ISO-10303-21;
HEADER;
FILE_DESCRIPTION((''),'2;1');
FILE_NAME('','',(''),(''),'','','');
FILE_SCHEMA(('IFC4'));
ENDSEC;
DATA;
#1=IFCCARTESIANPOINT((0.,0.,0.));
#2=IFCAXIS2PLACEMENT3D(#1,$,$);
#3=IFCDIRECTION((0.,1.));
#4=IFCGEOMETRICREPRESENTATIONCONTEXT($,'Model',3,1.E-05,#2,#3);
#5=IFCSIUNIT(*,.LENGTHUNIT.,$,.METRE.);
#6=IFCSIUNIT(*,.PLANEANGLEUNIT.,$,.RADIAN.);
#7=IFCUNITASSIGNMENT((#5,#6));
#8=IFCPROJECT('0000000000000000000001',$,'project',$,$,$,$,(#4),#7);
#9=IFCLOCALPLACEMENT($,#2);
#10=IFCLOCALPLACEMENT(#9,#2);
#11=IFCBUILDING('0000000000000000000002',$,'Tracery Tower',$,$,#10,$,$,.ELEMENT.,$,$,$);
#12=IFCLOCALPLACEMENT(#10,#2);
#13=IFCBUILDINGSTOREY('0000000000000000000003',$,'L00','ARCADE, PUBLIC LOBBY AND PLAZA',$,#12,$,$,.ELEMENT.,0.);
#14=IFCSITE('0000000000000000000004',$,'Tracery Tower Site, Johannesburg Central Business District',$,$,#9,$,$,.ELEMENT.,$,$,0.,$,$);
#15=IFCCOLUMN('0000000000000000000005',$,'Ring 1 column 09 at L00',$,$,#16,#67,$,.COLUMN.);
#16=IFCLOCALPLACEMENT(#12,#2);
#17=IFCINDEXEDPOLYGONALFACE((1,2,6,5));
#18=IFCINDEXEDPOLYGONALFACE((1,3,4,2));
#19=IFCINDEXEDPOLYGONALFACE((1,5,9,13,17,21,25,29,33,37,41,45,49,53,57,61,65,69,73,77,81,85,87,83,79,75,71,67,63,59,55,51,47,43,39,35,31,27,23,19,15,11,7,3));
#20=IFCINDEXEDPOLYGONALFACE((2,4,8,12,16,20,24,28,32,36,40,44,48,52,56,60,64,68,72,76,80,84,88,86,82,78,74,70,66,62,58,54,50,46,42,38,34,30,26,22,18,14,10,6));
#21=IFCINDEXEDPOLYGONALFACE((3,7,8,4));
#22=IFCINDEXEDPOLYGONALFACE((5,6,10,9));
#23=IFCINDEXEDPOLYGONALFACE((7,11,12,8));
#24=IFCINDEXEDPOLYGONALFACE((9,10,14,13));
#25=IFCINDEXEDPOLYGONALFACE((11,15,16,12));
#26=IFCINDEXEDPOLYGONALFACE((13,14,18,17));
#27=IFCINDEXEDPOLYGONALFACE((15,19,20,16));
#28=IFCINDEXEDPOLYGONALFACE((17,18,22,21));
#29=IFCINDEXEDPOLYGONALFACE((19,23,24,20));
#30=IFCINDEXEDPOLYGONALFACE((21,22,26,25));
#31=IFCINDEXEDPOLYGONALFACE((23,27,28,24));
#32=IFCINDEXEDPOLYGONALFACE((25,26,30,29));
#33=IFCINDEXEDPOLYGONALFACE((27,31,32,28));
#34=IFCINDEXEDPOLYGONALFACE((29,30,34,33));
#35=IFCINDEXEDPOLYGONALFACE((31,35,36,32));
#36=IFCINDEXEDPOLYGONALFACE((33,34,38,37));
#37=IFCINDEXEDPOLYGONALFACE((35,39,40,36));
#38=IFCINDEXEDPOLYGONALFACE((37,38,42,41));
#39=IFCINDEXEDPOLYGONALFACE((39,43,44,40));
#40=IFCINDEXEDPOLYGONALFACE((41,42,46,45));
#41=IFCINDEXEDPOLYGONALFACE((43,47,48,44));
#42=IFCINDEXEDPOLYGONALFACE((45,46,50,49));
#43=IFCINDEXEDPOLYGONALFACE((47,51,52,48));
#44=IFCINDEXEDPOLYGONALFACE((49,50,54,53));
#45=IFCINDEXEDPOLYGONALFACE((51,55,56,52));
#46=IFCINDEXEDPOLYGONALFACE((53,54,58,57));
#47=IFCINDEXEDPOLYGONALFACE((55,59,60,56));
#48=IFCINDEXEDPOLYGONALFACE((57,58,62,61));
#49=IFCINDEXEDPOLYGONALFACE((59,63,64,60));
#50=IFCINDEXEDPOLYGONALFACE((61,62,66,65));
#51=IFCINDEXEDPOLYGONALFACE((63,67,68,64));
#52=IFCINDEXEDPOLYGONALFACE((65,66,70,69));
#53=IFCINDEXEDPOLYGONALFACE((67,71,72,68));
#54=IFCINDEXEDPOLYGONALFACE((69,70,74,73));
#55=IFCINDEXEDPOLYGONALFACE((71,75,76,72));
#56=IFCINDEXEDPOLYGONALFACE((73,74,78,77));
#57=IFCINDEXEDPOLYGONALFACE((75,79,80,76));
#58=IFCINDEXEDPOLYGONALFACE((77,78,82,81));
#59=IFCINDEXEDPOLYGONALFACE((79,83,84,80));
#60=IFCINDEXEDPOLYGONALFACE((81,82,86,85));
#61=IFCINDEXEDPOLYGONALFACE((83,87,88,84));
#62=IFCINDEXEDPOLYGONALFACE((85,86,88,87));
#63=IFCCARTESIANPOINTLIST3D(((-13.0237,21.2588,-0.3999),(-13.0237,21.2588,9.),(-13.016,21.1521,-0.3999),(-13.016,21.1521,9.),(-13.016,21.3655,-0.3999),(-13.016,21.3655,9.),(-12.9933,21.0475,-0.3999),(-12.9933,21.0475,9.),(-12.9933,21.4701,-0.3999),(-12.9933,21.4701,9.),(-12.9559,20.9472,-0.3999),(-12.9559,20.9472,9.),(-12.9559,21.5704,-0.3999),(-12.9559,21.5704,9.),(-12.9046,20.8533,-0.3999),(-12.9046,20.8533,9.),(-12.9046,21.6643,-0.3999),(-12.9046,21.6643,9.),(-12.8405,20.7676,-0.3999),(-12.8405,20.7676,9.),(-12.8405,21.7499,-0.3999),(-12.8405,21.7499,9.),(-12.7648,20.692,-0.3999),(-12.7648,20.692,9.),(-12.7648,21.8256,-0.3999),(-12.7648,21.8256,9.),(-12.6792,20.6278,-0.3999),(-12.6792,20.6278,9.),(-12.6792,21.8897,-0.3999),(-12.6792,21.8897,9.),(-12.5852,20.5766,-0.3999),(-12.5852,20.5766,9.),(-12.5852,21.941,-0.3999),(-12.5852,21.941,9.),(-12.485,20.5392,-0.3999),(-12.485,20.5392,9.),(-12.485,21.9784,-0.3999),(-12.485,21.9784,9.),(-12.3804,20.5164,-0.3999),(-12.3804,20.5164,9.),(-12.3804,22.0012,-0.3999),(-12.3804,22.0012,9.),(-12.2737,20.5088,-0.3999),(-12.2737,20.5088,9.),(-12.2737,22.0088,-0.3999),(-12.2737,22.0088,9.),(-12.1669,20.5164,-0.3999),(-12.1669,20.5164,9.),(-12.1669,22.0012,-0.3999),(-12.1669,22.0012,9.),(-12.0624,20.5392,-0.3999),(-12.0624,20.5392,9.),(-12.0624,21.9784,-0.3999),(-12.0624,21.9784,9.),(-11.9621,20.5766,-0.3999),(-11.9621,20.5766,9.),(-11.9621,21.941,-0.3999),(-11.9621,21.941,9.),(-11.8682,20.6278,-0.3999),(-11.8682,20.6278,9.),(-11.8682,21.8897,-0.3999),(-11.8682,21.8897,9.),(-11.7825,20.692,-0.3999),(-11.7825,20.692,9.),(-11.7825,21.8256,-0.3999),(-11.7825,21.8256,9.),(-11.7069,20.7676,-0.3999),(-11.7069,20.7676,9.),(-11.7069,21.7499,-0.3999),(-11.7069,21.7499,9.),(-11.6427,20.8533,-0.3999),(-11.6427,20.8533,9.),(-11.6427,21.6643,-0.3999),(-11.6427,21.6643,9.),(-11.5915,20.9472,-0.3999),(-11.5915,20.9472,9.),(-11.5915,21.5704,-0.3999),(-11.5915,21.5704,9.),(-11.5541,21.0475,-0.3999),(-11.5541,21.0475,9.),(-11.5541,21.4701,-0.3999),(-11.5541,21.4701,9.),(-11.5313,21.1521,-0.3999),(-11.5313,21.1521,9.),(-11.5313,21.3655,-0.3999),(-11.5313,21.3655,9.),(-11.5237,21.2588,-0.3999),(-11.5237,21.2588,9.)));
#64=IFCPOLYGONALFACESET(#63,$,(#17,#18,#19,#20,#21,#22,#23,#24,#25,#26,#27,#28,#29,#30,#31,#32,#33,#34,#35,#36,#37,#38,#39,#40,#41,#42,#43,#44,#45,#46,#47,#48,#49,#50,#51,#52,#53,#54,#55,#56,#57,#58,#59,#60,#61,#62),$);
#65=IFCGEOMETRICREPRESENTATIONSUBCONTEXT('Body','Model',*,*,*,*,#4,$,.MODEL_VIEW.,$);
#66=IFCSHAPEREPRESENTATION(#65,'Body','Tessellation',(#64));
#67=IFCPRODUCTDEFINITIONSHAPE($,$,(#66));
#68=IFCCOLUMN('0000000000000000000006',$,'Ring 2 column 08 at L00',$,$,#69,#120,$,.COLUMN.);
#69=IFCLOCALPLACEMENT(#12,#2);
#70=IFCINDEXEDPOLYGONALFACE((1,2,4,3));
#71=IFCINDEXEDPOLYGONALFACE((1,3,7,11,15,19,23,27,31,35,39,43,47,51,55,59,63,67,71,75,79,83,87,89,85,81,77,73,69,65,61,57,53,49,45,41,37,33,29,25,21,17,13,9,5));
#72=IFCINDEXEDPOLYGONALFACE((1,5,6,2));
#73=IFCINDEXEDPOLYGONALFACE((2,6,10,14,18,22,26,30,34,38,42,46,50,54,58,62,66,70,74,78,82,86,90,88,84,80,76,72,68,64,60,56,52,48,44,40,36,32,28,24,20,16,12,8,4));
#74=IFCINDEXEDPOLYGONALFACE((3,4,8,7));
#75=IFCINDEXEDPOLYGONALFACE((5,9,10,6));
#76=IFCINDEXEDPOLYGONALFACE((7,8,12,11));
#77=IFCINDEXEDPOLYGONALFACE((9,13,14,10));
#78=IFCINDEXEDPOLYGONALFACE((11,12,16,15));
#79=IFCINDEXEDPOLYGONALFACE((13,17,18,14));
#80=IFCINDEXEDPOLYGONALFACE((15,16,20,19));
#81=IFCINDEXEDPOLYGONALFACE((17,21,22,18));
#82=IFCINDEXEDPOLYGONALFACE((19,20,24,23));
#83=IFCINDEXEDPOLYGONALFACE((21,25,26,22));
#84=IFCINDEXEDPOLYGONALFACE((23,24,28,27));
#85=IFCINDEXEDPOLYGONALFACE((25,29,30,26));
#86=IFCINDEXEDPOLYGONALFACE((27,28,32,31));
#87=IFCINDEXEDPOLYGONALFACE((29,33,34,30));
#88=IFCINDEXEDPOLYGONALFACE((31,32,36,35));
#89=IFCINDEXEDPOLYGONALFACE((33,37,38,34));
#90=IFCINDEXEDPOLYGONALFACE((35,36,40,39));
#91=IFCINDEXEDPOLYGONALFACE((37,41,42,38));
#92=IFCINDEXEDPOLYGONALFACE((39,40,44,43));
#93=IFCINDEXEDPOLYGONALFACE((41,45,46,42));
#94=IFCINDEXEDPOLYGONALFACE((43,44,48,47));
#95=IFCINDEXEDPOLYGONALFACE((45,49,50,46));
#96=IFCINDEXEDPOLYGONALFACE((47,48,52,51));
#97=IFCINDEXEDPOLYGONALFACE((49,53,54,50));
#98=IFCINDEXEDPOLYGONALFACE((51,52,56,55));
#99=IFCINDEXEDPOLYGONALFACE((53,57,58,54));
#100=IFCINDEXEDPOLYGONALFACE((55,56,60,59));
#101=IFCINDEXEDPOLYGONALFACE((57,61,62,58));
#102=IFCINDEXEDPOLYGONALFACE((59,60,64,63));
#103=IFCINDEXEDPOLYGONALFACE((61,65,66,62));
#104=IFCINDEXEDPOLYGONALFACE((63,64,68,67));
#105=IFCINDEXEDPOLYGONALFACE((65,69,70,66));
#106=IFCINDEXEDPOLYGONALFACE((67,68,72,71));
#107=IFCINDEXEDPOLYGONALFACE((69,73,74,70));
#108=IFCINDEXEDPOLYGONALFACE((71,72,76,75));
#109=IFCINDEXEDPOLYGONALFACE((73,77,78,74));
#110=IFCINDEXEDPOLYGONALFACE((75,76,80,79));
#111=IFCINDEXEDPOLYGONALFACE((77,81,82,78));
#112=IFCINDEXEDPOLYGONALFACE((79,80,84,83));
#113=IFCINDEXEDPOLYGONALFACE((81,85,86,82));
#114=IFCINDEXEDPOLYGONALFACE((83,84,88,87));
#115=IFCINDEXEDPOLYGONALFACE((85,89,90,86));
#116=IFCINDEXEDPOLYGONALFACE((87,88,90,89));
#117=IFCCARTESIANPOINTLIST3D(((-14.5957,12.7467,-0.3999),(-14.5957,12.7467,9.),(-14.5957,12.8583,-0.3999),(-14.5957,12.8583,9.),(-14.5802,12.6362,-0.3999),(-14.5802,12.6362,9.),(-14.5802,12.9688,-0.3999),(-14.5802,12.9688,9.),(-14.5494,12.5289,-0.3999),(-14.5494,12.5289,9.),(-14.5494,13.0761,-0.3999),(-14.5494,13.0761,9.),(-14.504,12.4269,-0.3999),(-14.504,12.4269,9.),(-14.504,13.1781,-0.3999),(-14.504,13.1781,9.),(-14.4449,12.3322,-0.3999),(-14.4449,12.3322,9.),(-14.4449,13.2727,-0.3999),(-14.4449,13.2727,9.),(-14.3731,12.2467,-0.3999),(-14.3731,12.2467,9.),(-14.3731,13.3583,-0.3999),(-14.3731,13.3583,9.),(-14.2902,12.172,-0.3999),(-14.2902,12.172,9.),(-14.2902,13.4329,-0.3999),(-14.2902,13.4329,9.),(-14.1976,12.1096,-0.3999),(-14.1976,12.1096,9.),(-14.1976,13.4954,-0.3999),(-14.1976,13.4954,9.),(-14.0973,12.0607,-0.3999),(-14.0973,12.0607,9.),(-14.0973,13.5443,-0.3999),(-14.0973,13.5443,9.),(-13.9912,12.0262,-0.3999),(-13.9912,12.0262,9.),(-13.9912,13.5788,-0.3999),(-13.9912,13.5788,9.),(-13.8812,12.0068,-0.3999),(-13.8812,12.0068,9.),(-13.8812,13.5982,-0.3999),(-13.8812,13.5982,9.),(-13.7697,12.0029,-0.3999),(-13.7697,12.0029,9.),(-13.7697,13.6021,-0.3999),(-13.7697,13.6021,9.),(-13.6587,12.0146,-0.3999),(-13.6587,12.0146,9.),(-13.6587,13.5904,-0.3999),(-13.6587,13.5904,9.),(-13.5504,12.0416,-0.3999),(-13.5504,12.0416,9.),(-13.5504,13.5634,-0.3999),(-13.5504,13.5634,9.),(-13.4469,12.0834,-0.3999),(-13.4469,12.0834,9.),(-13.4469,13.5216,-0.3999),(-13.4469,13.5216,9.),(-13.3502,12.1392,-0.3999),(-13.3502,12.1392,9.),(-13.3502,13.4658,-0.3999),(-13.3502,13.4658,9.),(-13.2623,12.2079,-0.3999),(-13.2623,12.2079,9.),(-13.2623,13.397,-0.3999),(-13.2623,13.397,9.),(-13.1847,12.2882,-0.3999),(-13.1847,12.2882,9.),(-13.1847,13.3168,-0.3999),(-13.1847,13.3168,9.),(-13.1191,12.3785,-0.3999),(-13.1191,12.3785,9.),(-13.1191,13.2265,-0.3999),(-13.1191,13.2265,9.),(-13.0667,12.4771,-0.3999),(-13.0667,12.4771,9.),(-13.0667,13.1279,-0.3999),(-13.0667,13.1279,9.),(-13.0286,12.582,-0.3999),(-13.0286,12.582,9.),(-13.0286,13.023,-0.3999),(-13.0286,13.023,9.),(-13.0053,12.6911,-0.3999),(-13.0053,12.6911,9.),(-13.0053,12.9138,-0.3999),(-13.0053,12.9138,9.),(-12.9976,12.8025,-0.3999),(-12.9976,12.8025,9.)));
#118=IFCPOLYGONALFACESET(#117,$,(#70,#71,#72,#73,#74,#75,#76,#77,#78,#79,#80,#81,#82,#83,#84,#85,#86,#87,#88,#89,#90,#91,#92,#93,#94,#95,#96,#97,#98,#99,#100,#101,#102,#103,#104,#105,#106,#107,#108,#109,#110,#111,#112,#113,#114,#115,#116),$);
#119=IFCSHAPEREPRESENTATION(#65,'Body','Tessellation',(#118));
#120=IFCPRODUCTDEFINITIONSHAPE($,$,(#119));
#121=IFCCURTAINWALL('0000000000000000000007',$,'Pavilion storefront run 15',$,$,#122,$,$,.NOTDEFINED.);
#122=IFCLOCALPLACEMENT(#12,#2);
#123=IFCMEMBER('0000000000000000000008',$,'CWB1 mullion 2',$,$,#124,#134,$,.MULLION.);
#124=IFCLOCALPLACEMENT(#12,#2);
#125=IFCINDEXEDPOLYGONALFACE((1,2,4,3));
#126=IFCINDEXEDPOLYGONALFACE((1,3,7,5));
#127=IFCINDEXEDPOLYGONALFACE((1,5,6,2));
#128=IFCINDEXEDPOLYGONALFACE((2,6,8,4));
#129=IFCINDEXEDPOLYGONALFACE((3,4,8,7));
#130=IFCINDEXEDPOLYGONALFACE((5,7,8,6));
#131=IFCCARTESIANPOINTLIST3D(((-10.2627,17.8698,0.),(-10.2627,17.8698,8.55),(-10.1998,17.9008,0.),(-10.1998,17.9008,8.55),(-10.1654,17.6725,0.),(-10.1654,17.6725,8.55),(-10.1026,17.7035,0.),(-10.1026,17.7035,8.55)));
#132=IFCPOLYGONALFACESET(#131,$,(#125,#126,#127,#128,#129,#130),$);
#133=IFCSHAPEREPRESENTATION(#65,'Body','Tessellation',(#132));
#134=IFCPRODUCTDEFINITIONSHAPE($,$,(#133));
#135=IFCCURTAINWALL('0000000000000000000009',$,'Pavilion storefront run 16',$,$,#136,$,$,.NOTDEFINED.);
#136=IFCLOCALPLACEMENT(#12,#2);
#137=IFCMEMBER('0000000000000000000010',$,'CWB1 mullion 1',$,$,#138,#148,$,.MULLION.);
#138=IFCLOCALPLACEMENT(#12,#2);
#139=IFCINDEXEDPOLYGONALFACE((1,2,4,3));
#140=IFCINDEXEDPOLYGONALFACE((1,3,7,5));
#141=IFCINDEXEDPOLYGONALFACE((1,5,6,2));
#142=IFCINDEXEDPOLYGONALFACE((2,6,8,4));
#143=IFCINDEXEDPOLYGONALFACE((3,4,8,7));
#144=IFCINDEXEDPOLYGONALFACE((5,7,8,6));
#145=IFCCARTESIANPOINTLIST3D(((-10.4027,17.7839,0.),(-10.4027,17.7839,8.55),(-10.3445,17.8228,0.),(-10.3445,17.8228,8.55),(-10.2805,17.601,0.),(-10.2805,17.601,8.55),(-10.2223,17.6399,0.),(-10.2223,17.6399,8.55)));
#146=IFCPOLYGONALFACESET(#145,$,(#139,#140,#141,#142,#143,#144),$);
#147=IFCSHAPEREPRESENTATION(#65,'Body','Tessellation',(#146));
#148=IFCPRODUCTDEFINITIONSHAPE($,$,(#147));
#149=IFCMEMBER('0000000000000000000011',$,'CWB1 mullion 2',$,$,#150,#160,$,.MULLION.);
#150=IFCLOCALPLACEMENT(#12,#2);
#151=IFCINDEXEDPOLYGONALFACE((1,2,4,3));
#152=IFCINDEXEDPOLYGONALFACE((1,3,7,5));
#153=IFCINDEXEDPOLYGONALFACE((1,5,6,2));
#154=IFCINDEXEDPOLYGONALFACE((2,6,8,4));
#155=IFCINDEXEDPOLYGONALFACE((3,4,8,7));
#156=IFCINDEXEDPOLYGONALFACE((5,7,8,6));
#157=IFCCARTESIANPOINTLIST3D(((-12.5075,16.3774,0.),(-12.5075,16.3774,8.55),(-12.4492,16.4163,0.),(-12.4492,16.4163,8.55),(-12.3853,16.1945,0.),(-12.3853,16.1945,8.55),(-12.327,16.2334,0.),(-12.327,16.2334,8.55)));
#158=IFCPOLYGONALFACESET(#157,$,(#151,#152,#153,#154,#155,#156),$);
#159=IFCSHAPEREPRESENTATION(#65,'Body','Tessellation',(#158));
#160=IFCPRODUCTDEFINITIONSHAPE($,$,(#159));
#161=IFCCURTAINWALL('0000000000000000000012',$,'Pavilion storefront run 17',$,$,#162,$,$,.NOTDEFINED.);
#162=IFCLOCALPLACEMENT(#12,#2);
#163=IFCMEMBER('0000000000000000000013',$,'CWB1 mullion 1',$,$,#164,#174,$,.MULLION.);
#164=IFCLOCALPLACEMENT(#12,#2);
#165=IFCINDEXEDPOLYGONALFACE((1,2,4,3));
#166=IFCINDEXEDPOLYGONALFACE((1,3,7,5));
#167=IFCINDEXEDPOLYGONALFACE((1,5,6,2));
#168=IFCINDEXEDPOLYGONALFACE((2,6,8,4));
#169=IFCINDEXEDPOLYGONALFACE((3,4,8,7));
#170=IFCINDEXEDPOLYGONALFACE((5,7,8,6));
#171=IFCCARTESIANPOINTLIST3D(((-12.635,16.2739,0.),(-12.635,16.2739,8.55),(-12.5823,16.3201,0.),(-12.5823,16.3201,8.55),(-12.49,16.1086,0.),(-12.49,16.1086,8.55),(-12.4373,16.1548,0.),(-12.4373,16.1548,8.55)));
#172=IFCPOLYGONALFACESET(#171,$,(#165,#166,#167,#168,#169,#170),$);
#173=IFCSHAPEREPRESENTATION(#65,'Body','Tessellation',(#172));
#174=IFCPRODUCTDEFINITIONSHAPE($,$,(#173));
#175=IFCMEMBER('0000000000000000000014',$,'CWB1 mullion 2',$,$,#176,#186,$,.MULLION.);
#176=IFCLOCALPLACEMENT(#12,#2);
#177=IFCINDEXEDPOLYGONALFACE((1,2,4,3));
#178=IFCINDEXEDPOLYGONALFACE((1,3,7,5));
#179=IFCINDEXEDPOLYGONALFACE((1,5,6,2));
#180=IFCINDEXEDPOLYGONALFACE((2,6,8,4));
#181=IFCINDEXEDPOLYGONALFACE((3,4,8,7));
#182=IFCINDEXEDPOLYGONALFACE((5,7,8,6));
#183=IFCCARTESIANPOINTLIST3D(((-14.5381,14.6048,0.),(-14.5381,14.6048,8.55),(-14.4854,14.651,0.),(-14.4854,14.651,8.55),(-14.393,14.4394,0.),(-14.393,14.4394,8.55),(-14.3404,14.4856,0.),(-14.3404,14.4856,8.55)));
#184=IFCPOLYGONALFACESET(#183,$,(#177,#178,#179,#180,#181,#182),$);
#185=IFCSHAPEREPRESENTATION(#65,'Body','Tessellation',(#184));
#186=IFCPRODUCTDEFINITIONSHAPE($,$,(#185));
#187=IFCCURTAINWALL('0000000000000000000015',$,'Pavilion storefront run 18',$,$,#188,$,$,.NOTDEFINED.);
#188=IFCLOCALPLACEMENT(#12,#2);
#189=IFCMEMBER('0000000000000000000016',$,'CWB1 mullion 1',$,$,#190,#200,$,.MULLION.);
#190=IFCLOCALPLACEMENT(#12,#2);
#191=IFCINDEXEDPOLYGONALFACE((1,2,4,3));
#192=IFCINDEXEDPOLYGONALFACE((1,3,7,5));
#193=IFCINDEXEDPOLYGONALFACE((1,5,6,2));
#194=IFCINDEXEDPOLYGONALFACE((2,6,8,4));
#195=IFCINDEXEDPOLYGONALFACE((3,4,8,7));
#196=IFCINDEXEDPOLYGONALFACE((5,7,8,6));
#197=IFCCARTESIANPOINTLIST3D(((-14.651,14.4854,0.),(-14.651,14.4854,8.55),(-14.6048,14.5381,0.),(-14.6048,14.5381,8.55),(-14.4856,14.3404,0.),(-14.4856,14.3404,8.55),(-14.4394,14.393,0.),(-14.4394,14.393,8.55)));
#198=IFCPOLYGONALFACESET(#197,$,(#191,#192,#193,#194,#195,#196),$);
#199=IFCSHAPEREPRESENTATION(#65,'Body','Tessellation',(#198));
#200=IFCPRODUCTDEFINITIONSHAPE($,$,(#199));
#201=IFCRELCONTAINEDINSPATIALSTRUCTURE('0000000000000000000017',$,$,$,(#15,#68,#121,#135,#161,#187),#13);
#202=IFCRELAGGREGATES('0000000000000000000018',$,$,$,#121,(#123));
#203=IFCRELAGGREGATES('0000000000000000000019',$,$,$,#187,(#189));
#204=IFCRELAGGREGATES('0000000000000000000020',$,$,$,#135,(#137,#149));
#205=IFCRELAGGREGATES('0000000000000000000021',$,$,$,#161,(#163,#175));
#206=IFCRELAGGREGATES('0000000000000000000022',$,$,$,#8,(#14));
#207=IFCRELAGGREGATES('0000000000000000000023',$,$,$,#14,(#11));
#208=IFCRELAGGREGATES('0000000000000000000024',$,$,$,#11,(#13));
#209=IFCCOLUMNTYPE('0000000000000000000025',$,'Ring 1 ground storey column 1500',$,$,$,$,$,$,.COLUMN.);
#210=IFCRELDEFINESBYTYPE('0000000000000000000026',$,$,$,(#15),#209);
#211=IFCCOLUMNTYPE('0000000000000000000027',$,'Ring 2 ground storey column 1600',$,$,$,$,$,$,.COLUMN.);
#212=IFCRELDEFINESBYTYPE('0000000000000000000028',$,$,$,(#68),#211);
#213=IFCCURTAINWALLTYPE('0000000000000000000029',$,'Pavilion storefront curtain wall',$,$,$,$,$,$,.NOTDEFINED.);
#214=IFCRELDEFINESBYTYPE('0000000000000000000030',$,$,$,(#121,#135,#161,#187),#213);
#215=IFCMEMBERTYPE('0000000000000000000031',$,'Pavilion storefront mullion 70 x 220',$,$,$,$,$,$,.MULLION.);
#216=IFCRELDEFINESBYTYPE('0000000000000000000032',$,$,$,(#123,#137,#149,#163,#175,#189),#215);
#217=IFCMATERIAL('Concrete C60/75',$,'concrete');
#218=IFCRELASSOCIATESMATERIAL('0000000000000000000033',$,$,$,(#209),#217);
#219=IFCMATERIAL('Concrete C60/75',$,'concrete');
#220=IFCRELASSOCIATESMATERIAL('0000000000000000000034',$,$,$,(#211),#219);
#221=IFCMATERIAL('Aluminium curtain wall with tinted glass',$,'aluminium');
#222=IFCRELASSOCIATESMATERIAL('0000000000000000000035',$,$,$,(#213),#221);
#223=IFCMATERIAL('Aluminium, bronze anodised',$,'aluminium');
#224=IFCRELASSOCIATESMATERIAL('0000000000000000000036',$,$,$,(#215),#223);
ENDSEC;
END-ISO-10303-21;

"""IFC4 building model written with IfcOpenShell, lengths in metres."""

from ifc_helpers import new_model, si_unit, direction, frame, origin, origin_2d, place, context, subcontext, project, spatial, rectangle, circle, extrude, material, material_profile, profile_set, type_object, element, aggregate, save


model = new_model("IFC4")

# Units and contexts
model_context = context("Model", 3, precision=1e-05, world=origin(), true_north=direction((0.0, 1.0)))
body_context = subcontext(model_context, "Body", "Model", "MODEL_VIEW")
ifc_project = project(units=[si_unit("LENGTHUNIT", "METRE"), si_unit("PLANEANGLEUNIT", "RADIAN")], contexts=[model_context])

# Site, building, storey
site_placement = place(None, origin())
site = spatial("IfcSite", under=ifc_project, at=site_placement, Name="Tracery Tower Site, Johannesburg Central Business District", CompositionType="ELEMENT", RefElevation=0.0)
building_placement = place(site_placement, origin())
building = spatial("IfcBuilding", under=site, at=building_placement, Name="Tracery Tower", CompositionType="ELEMENT")
storey_placement = place(building_placement, origin())
storey = spatial("IfcBuildingStorey", under=building, at=storey_placement, Name="L00", Description="ARCADE, PUBLIC LOBBY AND PLAZA", CompositionType="ELEMENT", Elevation=0.0)

# Columns
ifc_material_1 = material(Name="Concrete C60/75", Category="concrete")
ifc_material_profile_1 = material_profile(ifc_material_1, circle(Radius=0.75, at=origin_2d()), Name="RC D1500")
ifc_profile_set_1 = profile_set([ifc_material_profile_1], Name="Concrete C60/75")
column_type_1 = type_object("IfcColumnType", Name="Ring 1 ground storey column 1500", PredefinedType="COLUMN", material=ifc_profile_set_1)
column_1_placement = place(storey_placement, frame((-12.2737, 21.2588, -0.3999), z_axis=(0.0, 0.0, 1.0), x_axis=(1.0, 0.0, 0.0)))
element("IfcColumn", 1, at=column_1_placement, inside=storey, type_object=column_type_1, Name="Ring 1 column 09 at L00", PredefinedType="COLUMN", context=body_context, shape_type="SweptSolid", body=[
    extrude(circle(Radius=0.75, at=origin_2d()), origin(), (0.0, 0.0, 1.0), 9.3999),
])
ifc_material_2 = material(Name="Concrete C60/75", Category="concrete")
ifc_material_profile_2 = material_profile(ifc_material_2, circle(Radius=0.8, at=origin_2d()), Name="RC D1600")
ifc_profile_set_2 = profile_set([ifc_material_profile_2], Name="Concrete C60/75")
column_type_2 = type_object("IfcColumnType", Name="Ring 2 ground storey column 1600", PredefinedType="COLUMN", material=ifc_profile_set_2)
column_2_placement = place(storey_placement, frame((-13.7976, 12.8025, -0.3999), z_axis=(0.0, 0.0, 1.0), x_axis=(1.0, 0.0, 0.0)))
element("IfcColumn", 2, at=column_2_placement, inside=storey, type_object=column_type_2, Name="Ring 2 column 08 at L00", PredefinedType="COLUMN", context=body_context, shape_type="SweptSolid", body=[
    extrude(circle(Radius=0.8, at=origin_2d()), origin(), (0.0, 0.0, 1.0), 9.3999),
])

# Curtain wall, member
ifc_material_3 = material(Name="Aluminium curtain wall with tinted glass", Category="aluminium")
curtain_wall_type = type_object("IfcCurtainWallType", Name="Pavilion storefront curtain wall", PredefinedType="NOTDEFINED", material=ifc_material_3)
curtain_wall_1_placement = place(storey_placement, origin())
curtain_wall_1 = element("IfcCurtainWall", 3, at=curtain_wall_1_placement, inside=storey, type_object=curtain_wall_type, Name="Pavilion storefront run 15", PredefinedType="NOTDEFINED")
ifc_material_4 = material(Name="Aluminium, bronze anodised", Category="aluminium")
ifc_material_profile_3 = material_profile(ifc_material_4, rectangle(XDim=0.22, YDim=0.0701, at=origin_2d()), Name="Pavilion storefront mullion 70 x 220")
ifc_profile_set_3 = profile_set([ifc_material_profile_3], Name="Aluminium, bronze anodised")
member_type_1 = type_object("IfcMemberType", Name="Pavilion storefront mullion 70 x 220", PredefinedType="MULLION", material=ifc_profile_set_3)
member_1_placement = place(storey_placement, frame((-10.1826, 17.7866, 0.0), z_axis=(0.0, 0.0, 1.0), x_axis=(0.442287, -0.896874, 0.0)))
member_1 = element("IfcMember", 4, at=member_1_placement, type_object=member_type_1, Name="CWB1 mullion 2", PredefinedType="MULLION", context=body_context, shape_type="SweptSolid", body=[
    extrude(rectangle(XDim=0.22, YDim=0.0701, at=origin_2d()), origin(), (0.0, 0.0, 1.0), 8.55),
])
aggregate(curtain_wall_1, [member_1])

# Curtain walls, members
curtain_wall_2_placement = place(storey_placement, origin())
curtain_wall_2 = element("IfcCurtainWall", 5, at=curtain_wall_2_placement, inside=storey, type_object=curtain_wall_type, Name="Pavilion storefront run 16", PredefinedType="NOTDEFINED")
member_2_placement = place(storey_placement, frame((-10.3125, 17.7119, 0.0), z_axis=(0.0, 0.0, 1.0), x_axis=(0.55556, -0.831476, 0.0)))
member_2 = element("IfcMember", 6, at=member_2_placement, type_object=member_type_1, Name="CWB1 mullion 1", PredefinedType="MULLION", context=body_context, shape_type="SweptSolid", body=[
    extrude(rectangle(XDim=0.22, YDim=0.0701, at=origin_2d()), origin(), (0.0, 0.0, 1.0), 8.55),
])
member_3_placement = place(storey_placement, frame((-12.4172, 16.3054, 0.0), z_axis=(0.0, 0.0, 1.0), x_axis=(0.55556, -0.831476, 0.0)))
member_3 = element("IfcMember", 7, at=member_3_placement, type_object=member_type_1, Name="CWB1 mullion 2", PredefinedType="MULLION", context=body_context, shape_type="SweptSolid", body=[
    extrude(rectangle(XDim=0.22, YDim=0.0701, at=origin_2d()), origin(), (0.0, 0.0, 1.0), 8.55),
])
curtain_wall_3_placement = place(storey_placement, origin())
curtain_wall_3 = element("IfcCurtainWall", 8, at=curtain_wall_3_placement, inside=storey, type_object=curtain_wall_type, Name="Pavilion storefront run 17", PredefinedType="NOTDEFINED")
member_4_placement = place(storey_placement, frame((-12.5361, 16.2144, 0.0), z_axis=(0.0, 0.0, 1.0), x_axis=(0.659351, -0.751836, 0.0)))
member_4 = element("IfcMember", 9, at=member_4_placement, type_object=member_type_1, Name="CWB1 mullion 1", PredefinedType="MULLION", context=body_context, shape_type="SweptSolid", body=[
    extrude(rectangle(XDim=0.22, YDim=0.0701, at=origin_2d()), origin(), (0.0, 0.0, 1.0), 8.55),
])
member_5_placement = place(storey_placement, frame((-14.4392, 14.5452, 0.0), z_axis=(0.0, 0.0, 1.0), x_axis=(0.659351, -0.751836, 0.0)))
member_5 = element("IfcMember", 10, at=member_5_placement, type_object=member_type_1, Name="CWB1 mullion 2", PredefinedType="MULLION", context=body_context, shape_type="SweptSolid", body=[
    extrude(rectangle(XDim=0.22, YDim=0.0701, at=origin_2d()), origin(), (0.0, 0.0, 1.0), 8.55),
])

# Curtain wall, member
curtain_wall_4_placement = place(storey_placement, origin())
curtain_wall_4 = element("IfcCurtainWall", 11, at=curtain_wall_4_placement, inside=storey, type_object=curtain_wall_type, Name="Pavilion storefront run 18", PredefinedType="NOTDEFINED")
member_6_placement = place(storey_placement, frame((-14.5452, 14.4392, 0.0), z_axis=(0.0, 0.0, 1.0), x_axis=(0.751836, -0.659351, 0.0)))
member_6 = element("IfcMember", 12, at=member_6_placement, type_object=member_type_1, Name="CWB1 mullion 1", PredefinedType="MULLION", context=body_context, shape_type="SweptSolid", body=[
    extrude(rectangle(XDim=0.22, YDim=0.0701, at=origin_2d()), origin(), (0.0, 0.0, 1.0), 8.55),
])
aggregate(curtain_wall_4, [member_6])

aggregate(curtain_wall_2, [member_2, member_3])
aggregate(curtain_wall_3, [member_4, member_5])

save(model, "model.ifc")
